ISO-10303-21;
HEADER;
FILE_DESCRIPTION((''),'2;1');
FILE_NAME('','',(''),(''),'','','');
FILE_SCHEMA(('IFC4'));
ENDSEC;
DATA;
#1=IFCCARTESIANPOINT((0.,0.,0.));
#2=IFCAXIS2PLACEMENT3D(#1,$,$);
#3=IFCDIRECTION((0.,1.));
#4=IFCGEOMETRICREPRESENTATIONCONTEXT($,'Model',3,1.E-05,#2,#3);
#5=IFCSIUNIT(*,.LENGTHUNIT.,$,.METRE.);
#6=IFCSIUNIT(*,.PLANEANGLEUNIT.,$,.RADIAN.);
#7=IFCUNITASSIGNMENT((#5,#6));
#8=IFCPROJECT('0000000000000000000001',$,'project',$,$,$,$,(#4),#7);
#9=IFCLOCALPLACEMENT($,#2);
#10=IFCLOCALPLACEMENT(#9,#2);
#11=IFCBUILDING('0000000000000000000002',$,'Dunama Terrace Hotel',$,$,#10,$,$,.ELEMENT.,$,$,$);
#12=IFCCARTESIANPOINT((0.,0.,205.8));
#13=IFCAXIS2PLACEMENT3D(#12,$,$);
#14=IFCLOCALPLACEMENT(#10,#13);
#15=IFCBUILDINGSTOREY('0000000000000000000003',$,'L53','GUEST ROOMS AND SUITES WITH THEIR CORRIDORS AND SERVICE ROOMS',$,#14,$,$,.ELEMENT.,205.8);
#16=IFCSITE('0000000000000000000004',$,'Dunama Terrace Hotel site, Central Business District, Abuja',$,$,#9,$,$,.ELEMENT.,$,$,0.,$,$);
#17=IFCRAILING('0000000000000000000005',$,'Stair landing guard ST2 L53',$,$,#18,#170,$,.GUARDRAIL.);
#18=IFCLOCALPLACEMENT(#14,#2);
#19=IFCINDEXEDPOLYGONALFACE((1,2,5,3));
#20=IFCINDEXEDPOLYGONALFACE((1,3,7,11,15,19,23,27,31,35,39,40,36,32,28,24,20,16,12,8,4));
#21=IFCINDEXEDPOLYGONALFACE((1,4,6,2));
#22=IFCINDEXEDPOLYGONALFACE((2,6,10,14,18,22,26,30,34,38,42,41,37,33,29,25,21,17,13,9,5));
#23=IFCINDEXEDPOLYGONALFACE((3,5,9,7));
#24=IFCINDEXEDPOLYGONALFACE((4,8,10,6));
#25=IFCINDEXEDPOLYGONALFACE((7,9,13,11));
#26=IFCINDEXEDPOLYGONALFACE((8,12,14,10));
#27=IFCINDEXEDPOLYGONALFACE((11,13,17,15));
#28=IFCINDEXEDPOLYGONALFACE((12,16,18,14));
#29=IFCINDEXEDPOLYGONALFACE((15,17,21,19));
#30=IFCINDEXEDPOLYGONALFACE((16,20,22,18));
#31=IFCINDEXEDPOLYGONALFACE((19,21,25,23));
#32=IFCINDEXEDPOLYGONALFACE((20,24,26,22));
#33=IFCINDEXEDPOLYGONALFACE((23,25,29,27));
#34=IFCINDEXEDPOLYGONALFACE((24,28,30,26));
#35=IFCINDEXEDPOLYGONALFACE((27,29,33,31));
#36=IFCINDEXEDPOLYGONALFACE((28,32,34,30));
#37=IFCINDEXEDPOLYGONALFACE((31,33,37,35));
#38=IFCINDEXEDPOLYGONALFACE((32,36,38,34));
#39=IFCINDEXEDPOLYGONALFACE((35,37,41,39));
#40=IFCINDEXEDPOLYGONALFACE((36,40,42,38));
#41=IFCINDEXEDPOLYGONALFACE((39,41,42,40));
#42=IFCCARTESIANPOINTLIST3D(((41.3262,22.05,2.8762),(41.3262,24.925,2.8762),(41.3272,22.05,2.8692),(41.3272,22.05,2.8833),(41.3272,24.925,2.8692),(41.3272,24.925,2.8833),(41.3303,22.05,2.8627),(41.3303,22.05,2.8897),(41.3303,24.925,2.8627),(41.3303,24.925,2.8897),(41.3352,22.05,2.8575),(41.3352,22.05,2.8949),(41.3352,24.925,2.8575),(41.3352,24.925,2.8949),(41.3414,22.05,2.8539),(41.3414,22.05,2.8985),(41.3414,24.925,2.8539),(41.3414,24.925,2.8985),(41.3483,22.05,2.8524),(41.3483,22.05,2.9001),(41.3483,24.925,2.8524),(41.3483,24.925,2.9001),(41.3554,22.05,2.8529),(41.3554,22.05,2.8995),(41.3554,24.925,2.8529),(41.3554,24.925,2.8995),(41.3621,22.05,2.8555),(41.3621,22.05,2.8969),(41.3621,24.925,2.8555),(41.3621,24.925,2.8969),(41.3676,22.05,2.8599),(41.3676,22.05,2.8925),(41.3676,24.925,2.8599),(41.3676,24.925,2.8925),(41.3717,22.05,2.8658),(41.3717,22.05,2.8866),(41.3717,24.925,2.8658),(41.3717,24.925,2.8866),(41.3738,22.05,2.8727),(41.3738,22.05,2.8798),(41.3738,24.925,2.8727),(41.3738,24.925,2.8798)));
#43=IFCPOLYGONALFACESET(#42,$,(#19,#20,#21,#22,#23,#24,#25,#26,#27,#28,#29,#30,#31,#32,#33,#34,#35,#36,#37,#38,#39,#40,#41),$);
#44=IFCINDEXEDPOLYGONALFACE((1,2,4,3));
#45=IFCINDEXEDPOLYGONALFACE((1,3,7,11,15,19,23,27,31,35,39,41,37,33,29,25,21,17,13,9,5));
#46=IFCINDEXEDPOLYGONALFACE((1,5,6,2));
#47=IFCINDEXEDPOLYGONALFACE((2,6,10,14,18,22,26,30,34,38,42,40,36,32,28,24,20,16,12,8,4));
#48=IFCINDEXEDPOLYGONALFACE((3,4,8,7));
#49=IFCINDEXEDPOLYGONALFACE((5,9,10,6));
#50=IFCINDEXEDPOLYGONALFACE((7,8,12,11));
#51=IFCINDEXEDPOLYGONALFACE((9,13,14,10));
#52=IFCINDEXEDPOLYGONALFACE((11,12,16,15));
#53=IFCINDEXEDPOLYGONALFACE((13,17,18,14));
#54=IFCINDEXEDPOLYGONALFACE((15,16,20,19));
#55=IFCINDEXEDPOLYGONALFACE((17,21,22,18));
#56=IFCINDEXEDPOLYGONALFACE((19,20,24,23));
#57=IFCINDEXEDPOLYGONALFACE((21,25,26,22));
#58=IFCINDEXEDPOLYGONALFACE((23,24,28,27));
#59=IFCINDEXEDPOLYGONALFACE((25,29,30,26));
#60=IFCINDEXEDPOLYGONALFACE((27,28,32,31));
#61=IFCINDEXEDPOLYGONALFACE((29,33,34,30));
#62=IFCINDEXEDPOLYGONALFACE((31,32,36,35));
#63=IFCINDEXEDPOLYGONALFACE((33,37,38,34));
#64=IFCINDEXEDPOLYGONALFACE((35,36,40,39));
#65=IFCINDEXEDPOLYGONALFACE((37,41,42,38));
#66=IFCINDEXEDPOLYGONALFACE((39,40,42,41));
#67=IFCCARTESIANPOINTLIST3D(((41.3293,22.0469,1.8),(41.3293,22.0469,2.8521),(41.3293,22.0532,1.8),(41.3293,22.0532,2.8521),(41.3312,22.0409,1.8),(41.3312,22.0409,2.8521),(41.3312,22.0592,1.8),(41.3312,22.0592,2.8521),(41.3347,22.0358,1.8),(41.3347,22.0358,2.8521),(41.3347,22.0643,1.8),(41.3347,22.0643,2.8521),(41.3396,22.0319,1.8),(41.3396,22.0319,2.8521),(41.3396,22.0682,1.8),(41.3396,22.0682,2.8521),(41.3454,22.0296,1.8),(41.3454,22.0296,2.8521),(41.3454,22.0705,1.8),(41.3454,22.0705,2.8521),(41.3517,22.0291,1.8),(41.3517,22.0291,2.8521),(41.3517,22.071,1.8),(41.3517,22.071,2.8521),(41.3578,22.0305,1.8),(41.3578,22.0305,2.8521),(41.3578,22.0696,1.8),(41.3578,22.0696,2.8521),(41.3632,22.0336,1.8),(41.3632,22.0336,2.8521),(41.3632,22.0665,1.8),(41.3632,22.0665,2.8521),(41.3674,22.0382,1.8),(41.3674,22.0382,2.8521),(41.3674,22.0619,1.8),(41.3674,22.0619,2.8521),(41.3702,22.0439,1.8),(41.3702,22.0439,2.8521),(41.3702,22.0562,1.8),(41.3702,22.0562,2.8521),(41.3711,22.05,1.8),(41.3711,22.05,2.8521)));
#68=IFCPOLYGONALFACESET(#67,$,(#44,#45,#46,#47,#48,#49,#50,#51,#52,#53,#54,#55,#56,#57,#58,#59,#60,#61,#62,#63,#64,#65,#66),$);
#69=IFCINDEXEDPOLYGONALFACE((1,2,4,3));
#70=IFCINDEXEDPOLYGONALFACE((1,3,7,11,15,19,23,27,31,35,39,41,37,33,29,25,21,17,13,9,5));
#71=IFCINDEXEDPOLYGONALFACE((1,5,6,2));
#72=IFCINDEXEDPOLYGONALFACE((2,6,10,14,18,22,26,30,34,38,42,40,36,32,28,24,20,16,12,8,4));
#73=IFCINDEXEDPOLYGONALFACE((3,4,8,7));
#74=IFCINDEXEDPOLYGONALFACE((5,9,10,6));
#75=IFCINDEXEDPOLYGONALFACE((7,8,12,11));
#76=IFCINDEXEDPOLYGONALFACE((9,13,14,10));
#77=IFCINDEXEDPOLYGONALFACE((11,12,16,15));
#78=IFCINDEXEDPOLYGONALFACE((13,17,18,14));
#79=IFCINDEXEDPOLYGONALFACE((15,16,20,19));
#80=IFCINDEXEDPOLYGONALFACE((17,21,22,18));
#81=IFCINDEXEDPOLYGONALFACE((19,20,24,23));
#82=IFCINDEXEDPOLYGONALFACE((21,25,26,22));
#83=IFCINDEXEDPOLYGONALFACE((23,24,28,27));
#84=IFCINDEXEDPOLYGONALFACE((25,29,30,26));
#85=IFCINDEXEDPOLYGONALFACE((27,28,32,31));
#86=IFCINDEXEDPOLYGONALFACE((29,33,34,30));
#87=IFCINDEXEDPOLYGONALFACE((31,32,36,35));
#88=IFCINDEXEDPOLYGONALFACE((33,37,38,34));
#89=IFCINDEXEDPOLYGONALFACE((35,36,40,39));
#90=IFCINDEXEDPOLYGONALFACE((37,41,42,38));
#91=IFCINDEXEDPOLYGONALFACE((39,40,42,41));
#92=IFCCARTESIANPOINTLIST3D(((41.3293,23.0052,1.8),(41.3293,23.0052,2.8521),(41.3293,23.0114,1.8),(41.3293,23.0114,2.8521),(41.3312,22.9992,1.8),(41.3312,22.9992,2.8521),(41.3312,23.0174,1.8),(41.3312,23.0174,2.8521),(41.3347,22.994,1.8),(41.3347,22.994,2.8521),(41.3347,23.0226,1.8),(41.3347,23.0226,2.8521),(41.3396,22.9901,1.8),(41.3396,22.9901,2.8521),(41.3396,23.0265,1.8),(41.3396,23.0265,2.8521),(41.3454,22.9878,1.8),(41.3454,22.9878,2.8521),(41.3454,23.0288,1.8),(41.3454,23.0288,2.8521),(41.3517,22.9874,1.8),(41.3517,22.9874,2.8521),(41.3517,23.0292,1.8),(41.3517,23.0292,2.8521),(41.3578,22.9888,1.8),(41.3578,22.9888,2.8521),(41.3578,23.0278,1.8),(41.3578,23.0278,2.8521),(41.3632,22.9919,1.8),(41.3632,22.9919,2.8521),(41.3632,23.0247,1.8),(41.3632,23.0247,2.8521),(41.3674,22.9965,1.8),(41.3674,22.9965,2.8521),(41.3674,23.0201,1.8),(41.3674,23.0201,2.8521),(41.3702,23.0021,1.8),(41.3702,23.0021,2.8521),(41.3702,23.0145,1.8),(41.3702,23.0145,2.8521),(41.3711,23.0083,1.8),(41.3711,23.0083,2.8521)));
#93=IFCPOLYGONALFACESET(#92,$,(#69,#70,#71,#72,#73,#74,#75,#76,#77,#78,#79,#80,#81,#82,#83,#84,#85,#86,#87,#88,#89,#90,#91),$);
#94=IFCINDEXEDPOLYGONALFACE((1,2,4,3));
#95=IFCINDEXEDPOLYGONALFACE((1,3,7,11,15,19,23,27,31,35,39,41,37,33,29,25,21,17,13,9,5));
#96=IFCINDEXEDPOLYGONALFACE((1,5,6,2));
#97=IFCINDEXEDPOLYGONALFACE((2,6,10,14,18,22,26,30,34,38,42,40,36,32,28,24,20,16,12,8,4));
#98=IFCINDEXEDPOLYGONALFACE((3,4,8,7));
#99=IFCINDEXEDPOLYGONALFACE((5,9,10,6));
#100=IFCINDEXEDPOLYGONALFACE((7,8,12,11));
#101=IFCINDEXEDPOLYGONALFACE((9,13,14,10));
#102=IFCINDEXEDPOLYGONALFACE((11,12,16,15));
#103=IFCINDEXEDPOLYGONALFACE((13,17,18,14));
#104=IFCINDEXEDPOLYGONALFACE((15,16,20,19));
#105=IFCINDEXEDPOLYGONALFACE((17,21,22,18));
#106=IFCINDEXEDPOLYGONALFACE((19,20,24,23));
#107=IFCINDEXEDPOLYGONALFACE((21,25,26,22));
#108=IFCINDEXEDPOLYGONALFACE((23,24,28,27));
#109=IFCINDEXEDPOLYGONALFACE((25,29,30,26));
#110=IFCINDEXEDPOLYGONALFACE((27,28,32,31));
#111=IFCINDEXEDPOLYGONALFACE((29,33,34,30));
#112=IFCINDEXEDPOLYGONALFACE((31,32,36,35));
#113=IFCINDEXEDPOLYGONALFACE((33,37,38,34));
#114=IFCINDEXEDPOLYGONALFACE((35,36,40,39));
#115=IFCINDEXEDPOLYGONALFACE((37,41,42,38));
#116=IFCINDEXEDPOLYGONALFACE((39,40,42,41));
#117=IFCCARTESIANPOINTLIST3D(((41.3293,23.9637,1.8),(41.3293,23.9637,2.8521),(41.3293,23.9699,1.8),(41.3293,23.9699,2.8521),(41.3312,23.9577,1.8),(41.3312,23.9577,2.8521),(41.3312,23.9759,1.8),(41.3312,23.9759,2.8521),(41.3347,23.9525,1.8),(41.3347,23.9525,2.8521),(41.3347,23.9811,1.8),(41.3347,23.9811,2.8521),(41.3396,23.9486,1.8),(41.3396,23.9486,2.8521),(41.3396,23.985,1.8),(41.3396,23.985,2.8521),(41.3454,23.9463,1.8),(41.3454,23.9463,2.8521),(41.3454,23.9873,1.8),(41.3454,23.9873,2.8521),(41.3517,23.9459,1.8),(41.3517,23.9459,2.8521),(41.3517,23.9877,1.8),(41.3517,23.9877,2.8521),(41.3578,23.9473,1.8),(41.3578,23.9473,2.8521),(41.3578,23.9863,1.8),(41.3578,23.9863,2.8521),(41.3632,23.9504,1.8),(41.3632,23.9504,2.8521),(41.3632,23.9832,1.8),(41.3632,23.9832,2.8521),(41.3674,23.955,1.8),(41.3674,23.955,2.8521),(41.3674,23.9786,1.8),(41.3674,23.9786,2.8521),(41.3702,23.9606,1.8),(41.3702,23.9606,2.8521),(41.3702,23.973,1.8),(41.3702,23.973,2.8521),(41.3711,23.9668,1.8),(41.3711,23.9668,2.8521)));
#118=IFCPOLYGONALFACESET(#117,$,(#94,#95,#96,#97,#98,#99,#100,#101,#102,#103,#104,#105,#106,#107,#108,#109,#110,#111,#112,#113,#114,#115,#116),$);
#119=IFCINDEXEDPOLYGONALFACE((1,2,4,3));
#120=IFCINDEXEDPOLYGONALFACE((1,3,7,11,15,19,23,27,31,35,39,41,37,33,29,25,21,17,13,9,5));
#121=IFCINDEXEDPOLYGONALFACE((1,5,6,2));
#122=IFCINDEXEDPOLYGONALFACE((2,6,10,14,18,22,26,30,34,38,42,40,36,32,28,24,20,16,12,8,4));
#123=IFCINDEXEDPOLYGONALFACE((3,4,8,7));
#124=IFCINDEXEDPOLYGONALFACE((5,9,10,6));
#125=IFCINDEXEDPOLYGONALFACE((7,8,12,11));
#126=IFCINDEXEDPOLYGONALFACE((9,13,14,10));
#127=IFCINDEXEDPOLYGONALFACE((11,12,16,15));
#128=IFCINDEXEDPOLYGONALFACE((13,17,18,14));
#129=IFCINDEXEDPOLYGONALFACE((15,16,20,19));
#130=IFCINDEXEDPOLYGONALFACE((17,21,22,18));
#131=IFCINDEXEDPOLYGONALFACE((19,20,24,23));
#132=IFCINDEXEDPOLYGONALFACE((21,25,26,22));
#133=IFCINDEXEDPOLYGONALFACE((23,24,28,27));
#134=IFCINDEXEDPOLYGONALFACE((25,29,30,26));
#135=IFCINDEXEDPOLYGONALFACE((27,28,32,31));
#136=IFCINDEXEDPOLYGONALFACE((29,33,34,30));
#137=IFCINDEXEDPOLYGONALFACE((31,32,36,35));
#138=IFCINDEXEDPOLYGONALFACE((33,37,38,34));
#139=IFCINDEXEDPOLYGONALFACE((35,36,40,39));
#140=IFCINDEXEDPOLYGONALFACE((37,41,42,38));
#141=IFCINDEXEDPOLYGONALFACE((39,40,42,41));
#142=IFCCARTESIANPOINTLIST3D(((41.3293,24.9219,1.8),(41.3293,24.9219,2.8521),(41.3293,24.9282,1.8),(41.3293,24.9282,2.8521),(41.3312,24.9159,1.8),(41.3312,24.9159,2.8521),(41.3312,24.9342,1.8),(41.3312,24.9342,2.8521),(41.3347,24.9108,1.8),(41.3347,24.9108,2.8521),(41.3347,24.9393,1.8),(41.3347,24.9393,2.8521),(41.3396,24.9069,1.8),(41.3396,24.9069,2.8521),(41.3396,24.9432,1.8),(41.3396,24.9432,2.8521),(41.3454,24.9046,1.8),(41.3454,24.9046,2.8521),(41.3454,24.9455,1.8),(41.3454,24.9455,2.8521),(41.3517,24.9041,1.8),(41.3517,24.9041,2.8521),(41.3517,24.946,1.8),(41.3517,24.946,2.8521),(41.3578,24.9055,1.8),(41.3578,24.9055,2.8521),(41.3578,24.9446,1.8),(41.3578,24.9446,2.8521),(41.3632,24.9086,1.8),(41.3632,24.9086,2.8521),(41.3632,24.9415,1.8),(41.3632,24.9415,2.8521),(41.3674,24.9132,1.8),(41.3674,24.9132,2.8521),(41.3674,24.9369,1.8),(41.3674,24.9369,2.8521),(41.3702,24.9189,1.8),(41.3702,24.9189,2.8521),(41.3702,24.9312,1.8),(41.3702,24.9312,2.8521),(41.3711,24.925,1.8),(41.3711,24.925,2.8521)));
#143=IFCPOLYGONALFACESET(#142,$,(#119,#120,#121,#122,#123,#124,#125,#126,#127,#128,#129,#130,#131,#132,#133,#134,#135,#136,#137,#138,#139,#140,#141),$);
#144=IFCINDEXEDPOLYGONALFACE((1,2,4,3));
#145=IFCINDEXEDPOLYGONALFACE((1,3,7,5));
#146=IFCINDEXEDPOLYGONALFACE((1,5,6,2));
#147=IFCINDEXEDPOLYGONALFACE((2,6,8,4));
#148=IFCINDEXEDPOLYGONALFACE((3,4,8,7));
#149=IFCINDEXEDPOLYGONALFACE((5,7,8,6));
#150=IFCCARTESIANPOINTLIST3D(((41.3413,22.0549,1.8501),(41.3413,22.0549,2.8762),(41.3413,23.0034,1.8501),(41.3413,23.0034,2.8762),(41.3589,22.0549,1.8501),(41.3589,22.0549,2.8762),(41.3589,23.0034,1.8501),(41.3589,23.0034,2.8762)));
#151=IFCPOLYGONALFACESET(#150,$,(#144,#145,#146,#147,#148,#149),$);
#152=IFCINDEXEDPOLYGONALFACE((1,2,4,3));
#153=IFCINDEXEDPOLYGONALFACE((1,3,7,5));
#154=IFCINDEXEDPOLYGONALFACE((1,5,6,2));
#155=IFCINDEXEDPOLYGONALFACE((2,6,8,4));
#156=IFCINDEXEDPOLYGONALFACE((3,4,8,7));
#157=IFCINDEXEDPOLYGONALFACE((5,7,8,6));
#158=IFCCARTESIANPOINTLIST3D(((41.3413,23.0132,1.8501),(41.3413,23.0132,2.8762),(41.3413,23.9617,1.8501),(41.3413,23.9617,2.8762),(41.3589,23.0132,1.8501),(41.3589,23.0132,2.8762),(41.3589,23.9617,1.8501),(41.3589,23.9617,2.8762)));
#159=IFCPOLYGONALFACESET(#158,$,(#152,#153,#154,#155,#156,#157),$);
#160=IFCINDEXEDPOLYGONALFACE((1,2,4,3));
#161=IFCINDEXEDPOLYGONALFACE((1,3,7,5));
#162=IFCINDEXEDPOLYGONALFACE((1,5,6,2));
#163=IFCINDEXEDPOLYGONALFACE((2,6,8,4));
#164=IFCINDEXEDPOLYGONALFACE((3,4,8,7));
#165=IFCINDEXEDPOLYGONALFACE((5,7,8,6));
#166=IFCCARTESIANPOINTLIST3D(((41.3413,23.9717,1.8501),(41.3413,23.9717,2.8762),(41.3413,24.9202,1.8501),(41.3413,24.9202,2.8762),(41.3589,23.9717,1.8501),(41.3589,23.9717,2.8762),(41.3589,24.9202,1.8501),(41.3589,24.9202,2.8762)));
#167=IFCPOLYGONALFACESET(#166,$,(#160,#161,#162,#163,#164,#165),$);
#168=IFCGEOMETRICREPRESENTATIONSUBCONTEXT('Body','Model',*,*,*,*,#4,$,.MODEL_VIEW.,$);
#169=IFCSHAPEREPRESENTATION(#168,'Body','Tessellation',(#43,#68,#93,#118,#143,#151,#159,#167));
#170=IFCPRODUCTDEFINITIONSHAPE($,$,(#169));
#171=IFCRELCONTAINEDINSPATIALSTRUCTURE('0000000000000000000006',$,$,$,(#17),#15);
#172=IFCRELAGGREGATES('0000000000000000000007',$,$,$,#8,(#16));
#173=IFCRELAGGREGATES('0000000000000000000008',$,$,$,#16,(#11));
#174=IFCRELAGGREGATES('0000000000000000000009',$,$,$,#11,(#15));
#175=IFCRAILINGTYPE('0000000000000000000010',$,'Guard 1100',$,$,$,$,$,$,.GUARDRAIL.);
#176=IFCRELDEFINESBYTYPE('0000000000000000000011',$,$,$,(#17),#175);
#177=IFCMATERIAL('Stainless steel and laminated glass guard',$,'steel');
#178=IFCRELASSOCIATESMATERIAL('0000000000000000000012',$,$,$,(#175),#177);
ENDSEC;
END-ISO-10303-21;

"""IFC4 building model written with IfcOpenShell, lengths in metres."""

from ifc_helpers import new_model, si_unit, direction, frame, origin, origin_2d, place, context, subcontext, project, spatial, polyline, circle, outline, extrude, material, type_object, element, save


model = new_model("IFC4")

# Units and contexts
model_context = context("Model", 3, precision=1e-05, world=origin(), true_north=direction((0.0, 1.0)))
body_context = subcontext(model_context, "Body", "Model", "MODEL_VIEW")
ifc_project = project(units=[si_unit("LENGTHUNIT", "METRE"), si_unit("PLANEANGLEUNIT", "RADIAN")], contexts=[model_context])

# Site, building, storey
site_placement = place(None, origin())
site = spatial("IfcSite", under=ifc_project, at=site_placement, Name="Dunama Terrace Hotel site, Central Business District, Abuja", CompositionType="ELEMENT", RefElevation=0.0)
building_placement = place(site_placement, origin())
building = spatial("IfcBuilding", under=site, at=building_placement, Name="Dunama Terrace Hotel", CompositionType="ELEMENT")
storey_placement = place(building_placement, frame((0.0, 0.0, 205.8)))
storey = spatial("IfcBuildingStorey", under=building, at=storey_placement, Name="L53", Description="GUEST ROOMS AND SUITES WITH THEIR CORRIDORS AND SERVICE ROOMS", CompositionType="ELEMENT", Elevation=205.8)

# Railing
ifc_material_1 = material(Name="Stainless steel and laminated glass guard", Category="steel")
railing_type_1 = type_object("IfcRailingType", Name="Guard 1100", PredefinedType="GUARDRAIL", material=ifc_material_1)
railing_1_placement = place(storey_placement, frame((41.3501, 22.05, 1.8)))
element("IfcRailing", 1, at=railing_1_placement, inside=storey, type_object=railing_type_1, Name="Stair landing guard ST2 L53", PredefinedType="GUARDRAIL", context=body_context, shape_type="SweptSolid", body=[
    extrude(circle(Radius=0.0239, at=origin_2d()), frame((0.0, 0.0, 1.0762), z_axis=(0.0, 1.0, 0.0), x_axis=(-1.0, 0.0, 0.0)), (0.0, 0.0, 1.0), 2.875),
    extrude(circle(Radius=0.021, at=origin_2d()), origin(), (0.0, 0.0, 1.0), 1.052),
    extrude(circle(Radius=0.021, at=origin_2d()), frame((0.0, 0.9583, 0.0)), (0.0, 0.0, 1.0), 1.052),
    extrude(circle(Radius=0.021, at=origin_2d()), frame((0.0, 1.9167, 0.0)), (0.0, 0.0, 1.0), 1.052),
    extrude(circle(Radius=0.021, at=origin_2d()), frame((0.0, 2.875, 0.0)), (0.0, 0.0, 1.0), 1.052),
    extrude(outline(polyline([(0.0049, 0.05), (0.9534, 0.05), (0.9534, 1.0762), (0.0049, 1.0762), (0.0049, 0.05)])), frame((-0.0088, 0.0, 0.0), z_axis=(1.0, 0.0, 0.0), x_axis=(0.0, 1.0, 0.0)), (0.0, 0.0, 1.0), 0.0176),
    extrude(outline(polyline([(0.0049, 0.05), (0.9534, 0.05), (0.9534, 1.0762), (0.0049, 1.0762), (0.0049, 0.05)])), frame((-0.0088, 0.9583, 0.0), z_axis=(1.0, 0.0, 0.0), x_axis=(0.0, 1.0, 0.0)), (0.0, 0.0, 1.0), 0.0176),
    extrude(outline(polyline([(0.0049, 0.05), (0.9534, 0.05), (0.9534, 1.0762), (0.0049, 1.0762), (0.0049, 0.05)])), frame((-0.0088, 1.9167, 0.0), z_axis=(1.0, 0.0, 0.0), x_axis=(0.0, 1.0, 0.0)), (0.0, 0.0, 1.0), 0.0176),
])

save(model, "model.ifc")
